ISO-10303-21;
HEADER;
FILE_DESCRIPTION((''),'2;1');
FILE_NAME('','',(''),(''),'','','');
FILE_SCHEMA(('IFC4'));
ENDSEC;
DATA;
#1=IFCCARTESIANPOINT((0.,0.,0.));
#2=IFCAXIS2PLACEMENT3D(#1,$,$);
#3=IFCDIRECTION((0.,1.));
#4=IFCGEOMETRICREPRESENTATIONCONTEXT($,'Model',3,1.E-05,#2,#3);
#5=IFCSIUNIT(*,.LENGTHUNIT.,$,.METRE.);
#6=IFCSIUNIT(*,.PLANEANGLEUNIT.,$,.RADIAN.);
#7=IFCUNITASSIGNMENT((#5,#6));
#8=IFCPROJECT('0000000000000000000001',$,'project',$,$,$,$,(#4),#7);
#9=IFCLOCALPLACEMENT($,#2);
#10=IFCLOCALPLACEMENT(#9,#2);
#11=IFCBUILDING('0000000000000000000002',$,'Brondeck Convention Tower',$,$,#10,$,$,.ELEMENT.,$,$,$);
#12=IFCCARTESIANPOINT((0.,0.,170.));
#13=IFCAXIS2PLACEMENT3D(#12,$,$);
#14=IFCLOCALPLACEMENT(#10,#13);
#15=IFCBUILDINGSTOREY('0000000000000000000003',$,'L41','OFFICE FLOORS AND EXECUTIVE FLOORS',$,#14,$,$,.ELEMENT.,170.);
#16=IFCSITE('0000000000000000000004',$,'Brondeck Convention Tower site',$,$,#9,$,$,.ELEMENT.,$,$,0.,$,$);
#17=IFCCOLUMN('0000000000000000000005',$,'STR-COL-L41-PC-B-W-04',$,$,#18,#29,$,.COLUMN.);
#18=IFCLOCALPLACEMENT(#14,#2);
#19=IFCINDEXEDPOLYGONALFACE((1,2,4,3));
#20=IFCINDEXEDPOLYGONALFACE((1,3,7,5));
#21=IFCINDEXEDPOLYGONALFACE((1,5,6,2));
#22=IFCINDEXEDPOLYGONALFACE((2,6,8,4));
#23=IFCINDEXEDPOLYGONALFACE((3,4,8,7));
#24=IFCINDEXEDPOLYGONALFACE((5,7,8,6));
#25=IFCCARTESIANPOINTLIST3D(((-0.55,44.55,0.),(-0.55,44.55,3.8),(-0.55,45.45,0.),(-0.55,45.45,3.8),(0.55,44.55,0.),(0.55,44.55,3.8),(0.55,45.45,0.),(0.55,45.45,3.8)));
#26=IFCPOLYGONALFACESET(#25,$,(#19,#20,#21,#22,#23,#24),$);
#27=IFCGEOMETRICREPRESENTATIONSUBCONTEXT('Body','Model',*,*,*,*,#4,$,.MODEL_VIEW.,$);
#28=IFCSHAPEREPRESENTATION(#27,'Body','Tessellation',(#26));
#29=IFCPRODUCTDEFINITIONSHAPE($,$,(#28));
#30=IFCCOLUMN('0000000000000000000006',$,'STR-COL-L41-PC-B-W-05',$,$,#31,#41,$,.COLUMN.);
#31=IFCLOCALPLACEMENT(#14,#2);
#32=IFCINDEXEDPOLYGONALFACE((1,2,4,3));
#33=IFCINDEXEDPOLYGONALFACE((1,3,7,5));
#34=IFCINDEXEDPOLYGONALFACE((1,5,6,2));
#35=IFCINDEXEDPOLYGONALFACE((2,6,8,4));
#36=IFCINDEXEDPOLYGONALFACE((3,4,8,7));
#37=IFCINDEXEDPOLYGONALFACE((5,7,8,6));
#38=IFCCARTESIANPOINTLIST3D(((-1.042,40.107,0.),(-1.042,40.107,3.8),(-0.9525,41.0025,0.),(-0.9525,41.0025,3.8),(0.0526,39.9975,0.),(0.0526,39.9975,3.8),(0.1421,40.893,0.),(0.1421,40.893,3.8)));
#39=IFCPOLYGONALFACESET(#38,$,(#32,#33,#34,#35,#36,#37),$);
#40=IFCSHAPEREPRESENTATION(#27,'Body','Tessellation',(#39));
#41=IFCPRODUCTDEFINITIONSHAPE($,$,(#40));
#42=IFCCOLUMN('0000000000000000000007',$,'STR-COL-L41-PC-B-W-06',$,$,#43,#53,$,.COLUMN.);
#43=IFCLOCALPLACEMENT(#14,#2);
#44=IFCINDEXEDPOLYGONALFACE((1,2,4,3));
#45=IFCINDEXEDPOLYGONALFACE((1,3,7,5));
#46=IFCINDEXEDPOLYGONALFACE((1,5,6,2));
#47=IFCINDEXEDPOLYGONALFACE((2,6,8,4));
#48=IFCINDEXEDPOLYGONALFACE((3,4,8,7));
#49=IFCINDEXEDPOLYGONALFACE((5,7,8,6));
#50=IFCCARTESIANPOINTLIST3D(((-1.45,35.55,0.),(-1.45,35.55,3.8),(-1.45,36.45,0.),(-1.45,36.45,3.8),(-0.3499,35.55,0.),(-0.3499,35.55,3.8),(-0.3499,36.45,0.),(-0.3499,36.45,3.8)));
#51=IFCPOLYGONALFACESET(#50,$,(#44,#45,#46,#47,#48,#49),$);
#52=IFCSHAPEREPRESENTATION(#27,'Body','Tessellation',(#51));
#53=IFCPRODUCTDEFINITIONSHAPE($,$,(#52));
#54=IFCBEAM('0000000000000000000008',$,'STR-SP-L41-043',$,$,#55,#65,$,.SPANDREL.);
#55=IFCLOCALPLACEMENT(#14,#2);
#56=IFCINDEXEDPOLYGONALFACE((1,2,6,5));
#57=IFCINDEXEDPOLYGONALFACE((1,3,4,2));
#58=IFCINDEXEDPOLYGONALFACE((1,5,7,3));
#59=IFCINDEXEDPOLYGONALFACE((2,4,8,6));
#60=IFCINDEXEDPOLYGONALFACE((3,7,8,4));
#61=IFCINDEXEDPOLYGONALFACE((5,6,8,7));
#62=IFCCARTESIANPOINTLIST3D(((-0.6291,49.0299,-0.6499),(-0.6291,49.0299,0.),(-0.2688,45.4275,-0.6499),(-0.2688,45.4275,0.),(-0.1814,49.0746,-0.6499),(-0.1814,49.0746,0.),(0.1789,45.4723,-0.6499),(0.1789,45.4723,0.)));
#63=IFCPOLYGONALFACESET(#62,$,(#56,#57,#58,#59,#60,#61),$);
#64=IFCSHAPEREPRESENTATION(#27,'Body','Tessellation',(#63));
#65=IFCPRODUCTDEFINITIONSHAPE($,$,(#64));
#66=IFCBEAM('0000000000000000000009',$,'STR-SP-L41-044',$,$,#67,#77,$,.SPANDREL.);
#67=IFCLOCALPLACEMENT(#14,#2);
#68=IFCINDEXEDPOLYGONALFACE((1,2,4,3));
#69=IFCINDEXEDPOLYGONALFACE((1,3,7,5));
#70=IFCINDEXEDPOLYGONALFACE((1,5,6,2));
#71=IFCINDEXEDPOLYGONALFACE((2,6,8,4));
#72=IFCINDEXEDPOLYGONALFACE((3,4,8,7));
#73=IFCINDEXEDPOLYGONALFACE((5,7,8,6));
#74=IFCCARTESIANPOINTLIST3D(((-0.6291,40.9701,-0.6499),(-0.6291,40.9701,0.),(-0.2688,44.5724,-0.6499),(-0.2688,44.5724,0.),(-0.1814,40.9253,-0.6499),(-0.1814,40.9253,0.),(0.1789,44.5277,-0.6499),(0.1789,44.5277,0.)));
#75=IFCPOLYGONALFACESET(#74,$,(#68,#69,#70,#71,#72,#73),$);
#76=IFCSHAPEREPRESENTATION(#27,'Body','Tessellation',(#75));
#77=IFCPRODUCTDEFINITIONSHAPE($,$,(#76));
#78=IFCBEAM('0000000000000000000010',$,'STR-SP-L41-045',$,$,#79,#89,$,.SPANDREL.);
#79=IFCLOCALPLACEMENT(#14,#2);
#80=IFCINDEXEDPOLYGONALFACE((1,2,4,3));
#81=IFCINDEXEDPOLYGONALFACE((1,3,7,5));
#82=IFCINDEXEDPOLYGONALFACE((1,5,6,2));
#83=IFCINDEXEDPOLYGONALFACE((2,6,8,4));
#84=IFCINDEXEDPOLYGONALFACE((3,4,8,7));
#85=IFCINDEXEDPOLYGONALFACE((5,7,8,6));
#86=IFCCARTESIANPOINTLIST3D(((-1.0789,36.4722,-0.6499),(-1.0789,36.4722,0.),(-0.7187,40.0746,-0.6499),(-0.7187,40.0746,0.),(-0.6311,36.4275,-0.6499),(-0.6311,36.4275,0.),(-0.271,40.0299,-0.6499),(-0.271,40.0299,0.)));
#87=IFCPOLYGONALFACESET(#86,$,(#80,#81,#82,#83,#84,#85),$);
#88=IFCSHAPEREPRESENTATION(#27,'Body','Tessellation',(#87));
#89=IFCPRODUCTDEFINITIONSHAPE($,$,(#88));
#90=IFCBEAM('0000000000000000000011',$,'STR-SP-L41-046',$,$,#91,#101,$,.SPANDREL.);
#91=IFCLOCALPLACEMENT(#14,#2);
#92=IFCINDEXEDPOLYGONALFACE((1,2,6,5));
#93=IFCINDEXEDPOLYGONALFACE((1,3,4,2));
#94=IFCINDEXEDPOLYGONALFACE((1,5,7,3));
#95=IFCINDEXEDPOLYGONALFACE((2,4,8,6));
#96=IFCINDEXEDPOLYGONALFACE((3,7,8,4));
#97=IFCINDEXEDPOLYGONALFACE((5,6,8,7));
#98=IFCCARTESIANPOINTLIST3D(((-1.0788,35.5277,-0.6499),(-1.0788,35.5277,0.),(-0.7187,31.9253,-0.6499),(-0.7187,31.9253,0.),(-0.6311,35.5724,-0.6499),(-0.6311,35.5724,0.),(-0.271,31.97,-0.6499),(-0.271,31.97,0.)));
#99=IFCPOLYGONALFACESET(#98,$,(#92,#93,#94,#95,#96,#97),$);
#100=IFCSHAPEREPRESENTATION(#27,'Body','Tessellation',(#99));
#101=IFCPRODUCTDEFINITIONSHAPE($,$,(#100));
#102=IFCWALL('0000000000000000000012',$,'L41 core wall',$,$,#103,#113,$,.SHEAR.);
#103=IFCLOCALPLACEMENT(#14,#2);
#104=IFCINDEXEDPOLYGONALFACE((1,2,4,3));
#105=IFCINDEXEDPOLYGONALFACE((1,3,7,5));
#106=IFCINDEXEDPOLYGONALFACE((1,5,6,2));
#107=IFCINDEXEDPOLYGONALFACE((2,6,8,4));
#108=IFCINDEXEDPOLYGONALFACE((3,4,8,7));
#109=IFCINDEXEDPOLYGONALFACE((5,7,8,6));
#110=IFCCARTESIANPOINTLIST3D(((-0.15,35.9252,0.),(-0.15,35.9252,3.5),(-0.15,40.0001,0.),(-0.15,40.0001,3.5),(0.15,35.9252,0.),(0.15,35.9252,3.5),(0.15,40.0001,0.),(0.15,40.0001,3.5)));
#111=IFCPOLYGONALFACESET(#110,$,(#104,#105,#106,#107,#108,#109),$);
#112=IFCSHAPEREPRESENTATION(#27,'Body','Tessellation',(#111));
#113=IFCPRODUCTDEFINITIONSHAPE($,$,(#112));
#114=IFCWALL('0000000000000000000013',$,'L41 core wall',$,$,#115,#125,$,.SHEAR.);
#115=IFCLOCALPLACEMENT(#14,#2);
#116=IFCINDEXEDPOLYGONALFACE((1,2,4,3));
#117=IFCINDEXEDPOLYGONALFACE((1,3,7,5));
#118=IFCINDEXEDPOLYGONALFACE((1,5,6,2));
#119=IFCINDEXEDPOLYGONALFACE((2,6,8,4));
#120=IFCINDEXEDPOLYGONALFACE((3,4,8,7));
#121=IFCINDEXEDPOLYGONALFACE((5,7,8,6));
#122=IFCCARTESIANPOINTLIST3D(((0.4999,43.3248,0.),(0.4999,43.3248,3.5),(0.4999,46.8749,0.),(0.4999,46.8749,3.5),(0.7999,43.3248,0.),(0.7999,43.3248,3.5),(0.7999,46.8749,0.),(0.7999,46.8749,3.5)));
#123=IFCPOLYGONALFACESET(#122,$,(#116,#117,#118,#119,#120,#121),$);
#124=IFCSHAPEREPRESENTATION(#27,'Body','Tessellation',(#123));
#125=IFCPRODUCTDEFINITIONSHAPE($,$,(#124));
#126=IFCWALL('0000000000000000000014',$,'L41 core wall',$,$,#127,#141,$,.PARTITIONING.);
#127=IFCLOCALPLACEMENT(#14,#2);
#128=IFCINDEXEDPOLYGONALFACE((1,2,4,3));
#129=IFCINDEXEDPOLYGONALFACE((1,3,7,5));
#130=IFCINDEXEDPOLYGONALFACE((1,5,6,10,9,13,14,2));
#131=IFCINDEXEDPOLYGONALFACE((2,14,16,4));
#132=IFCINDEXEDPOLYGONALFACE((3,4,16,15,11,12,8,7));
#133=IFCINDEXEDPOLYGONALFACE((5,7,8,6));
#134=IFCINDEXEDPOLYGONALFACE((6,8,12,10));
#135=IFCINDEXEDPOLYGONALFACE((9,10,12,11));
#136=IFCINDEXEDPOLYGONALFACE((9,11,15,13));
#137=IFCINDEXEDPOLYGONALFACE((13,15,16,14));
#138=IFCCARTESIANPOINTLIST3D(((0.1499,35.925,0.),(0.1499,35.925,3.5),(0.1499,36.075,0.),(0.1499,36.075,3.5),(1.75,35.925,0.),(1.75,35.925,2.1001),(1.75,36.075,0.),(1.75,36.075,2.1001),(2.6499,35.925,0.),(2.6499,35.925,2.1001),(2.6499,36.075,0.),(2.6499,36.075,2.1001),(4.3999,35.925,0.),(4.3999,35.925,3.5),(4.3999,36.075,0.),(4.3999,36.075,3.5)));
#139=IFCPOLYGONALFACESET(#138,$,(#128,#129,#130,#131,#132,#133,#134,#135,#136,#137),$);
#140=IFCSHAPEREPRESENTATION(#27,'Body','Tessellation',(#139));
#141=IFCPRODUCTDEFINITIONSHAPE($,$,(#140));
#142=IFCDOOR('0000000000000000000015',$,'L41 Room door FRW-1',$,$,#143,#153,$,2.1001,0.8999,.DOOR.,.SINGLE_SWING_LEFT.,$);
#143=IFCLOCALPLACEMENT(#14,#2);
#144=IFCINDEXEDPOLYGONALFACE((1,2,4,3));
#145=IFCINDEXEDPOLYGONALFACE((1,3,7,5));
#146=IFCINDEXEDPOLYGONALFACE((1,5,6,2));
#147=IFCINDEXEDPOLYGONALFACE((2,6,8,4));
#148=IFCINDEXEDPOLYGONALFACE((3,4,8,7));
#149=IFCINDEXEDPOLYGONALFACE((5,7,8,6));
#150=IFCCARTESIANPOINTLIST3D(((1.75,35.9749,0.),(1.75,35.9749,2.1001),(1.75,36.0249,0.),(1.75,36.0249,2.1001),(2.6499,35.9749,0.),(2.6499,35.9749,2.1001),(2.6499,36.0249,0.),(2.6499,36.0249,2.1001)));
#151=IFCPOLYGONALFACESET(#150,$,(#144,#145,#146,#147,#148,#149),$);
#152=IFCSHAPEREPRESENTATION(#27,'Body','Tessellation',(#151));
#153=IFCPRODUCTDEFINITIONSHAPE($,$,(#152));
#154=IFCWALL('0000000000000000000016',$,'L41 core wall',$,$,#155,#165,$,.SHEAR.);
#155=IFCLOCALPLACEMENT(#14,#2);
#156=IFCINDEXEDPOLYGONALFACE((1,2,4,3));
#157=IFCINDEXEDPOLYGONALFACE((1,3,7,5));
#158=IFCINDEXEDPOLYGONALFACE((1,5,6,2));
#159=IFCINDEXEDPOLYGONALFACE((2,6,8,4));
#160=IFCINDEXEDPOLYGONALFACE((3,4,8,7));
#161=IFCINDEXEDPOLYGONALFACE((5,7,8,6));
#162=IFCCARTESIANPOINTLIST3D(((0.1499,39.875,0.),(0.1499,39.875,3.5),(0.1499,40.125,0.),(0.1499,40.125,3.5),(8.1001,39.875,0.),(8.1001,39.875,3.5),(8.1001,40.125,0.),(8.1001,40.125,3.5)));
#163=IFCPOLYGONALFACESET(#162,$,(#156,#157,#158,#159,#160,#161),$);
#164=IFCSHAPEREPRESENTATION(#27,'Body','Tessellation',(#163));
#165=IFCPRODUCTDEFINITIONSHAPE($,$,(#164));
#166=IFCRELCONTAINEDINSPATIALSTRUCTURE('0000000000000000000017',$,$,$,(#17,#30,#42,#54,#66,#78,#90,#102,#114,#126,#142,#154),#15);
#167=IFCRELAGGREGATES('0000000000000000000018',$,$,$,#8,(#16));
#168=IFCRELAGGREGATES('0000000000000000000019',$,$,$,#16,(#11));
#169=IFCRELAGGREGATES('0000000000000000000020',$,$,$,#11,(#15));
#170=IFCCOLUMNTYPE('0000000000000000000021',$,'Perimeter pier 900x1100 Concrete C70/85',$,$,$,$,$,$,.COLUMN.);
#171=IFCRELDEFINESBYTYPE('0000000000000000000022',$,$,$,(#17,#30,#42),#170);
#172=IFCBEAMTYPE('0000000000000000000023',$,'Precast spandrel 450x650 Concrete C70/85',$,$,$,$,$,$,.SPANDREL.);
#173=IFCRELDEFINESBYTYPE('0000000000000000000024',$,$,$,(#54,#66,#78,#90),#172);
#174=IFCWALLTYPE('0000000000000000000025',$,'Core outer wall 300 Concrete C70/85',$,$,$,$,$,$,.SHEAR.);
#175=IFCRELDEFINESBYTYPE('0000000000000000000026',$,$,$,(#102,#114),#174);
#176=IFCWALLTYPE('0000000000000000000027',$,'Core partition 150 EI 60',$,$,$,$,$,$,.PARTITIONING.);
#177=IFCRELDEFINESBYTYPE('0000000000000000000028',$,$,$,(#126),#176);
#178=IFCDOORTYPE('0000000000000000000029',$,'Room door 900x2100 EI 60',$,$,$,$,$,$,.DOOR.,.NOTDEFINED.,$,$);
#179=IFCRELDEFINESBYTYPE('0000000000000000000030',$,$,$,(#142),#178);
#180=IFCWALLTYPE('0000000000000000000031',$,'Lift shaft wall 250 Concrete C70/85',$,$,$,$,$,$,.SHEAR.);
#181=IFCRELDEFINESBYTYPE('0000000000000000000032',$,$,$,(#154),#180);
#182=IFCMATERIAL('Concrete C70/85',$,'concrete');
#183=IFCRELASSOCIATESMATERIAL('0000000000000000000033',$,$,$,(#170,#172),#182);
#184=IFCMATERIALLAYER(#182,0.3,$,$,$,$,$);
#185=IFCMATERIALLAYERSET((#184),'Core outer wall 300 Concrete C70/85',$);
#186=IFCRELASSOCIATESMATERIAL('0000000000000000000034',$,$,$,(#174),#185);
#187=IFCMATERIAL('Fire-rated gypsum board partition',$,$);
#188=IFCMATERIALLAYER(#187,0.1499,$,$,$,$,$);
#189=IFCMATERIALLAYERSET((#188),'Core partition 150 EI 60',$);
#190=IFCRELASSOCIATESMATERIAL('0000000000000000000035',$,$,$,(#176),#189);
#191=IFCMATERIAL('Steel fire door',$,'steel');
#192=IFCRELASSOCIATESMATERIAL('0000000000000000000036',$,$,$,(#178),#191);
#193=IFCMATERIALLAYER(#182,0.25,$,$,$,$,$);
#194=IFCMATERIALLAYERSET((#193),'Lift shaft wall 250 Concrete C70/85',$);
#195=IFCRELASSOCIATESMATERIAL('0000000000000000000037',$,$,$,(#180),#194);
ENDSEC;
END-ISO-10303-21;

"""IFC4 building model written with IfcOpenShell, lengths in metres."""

from ifc_helpers import new_model, si_unit, direction, frame, frame_2d, origin, origin_2d, place, context, subcontext, project, spatial, rectangle, extrude, material, layer, layer_set, material_profile, profile_set, type_object, element, fill, save


model = new_model("IFC4")

# Units and contexts
model_context = context("Model", 3, precision=1e-05, world=origin(), true_north=direction((0.0, 1.0)))
body_context = subcontext(model_context, "Body", "Model", "MODEL_VIEW")
ifc_project = project(units=[si_unit("LENGTHUNIT", "METRE"), si_unit("PLANEANGLEUNIT", "RADIAN")], contexts=[model_context])

# Site, building, storey
site_placement = place(None, origin())
site = spatial("IfcSite", under=ifc_project, at=site_placement, Name="Brondeck Convention Tower site", CompositionType="ELEMENT", RefElevation=0.0)
building_placement = place(site_placement, origin())
building = spatial("IfcBuilding", under=site, at=building_placement, Name="Brondeck Convention Tower", CompositionType="ELEMENT")
storey_placement = place(building_placement, frame((0.0, 0.0, 170.0)))
storey = spatial("IfcBuildingStorey", under=building, at=storey_placement, Name="L41", Description="OFFICE FLOORS AND EXECUTIVE FLOORS", CompositionType="ELEMENT", Elevation=170.0)

# Columns
ifc_material_1 = material(Name="Concrete C70/85", Category="concrete")
ifc_material_profile_1 = material_profile(ifc_material_1, rectangle(XDim=0.8999, YDim=1.1001, at=origin_2d()), Name="Perimeter pier 900x1100 Concrete C70/85")
ifc_profile_set_1 = profile_set([ifc_material_profile_1], Name="Concrete C70/85")
column_type = type_object("IfcColumnType", Name="Perimeter pier 900x1100 Concrete C70/85", PredefinedType="COLUMN", material=ifc_profile_set_1)
for number, where, z_axis, x_axis, name in (
    (1, (0.0, 45.0, 0.0), (0.0, 0.0, 1.0), (0.0, -1.0, 0.0), "STR-COL-L41-PC-B-W-04"),
    (2, (-0.45, 40.5, 0.0), (0.0, 0.0, 1.0), (-0.099504, -0.995037, 0.0), "STR-COL-L41-PC-B-W-05"),
    (3, (-0.8999, 36.0, 0.0), (0.0, 0.0, 1.0), (0.0, -1.0, 0.0), "STR-COL-L41-PC-B-W-06"),
):
    element("IfcColumn", number, at=place(storey_placement, frame(where, z_axis=z_axis, x_axis=x_axis)), inside=storey, type_object=column_type, Name=name, PredefinedType="COLUMN", context=body_context, shape_type="SweptSolid", body=[
        extrude(rectangle(XDim=0.8999, YDim=1.1001, at=origin_2d()), origin(), (0.0, 0.0, 1.0), 3.8),
    ])

# Beams
ifc_material_profile_2 = material_profile(ifc_material_1, rectangle(XDim=0.45, YDim=0.6499, at=origin_2d()), Name="Precast spandrel 450x650 Concrete C70/85")
ifc_profile_set_2 = profile_set([ifc_material_profile_2], Name="Concrete C70/85")
beam_type = type_object("IfcBeamType", Name="Precast spandrel 450x650 Concrete C70/85", PredefinedType="SPANDREL", material=ifc_profile_set_2)
for number, where, z_axis, x_axis, name in (
    (4, (-0.4053, 49.0522, -0.325), (0.099537, -0.995034, 0.0), (0.995034, 0.099537, 0.0), "STR-SP-L41-043"),
    (5, (-0.0449, 44.55, -0.325), (-0.099537, -0.995034, 0.0), (0.995034, -0.099537, 0.0), "STR-SP-L41-044"),
    (6, (-0.4949, 40.0522, -0.325), (-0.09947, -0.995041, 0.0), (0.995041, -0.09947, 0.0), "STR-SP-L41-045"),
    (7, (-0.855, 35.55, -0.325), (0.09947, -0.995041, 0.0), (0.995041, 0.09947, 0.0), "STR-SP-L41-046"),
):
    element("IfcBeam", number, at=place(storey_placement, frame(where, z_axis=z_axis, x_axis=x_axis)), inside=storey, type_object=beam_type, Name=name, PredefinedType="SPANDREL", context=body_context, shape_type="SweptSolid", body=[
        extrude(rectangle(XDim=0.45, YDim=0.6499, at=origin_2d()), origin(), (0.0, 0.0, 1.0), 3.6204),
    ])

# Walls
ifc_layer_1 = layer(ifc_material_1, 0.3)
ifc_layer_set_1 = layer_set([ifc_layer_1], Name="Core outer wall 300 Concrete C70/85")
wall_type_1 = type_object("IfcWallType", Name="Core outer wall 300 Concrete C70/85", PredefinedType="SHEAR", material=ifc_layer_set_1)
wall_1_placement = place(storey_placement, frame((0.0, 35.925, 0.0), z_axis=(0.0, 0.0, 1.0), x_axis=(0.0, 1.0, 0.0)))
element("IfcWall", 8, at=wall_1_placement, inside=storey, type_object=wall_type_1, Name="L41 core wall", PredefinedType="SHEAR", context=body_context, shape_type="SweptSolid", body=[
    extrude(rectangle(XDim=4.075, YDim=0.3, at=frame_2d((2.0376, 0.0))), origin(), (0.0, 0.0, 1.0), 3.5),
])
wall_2_placement = place(storey_placement, frame((0.6499, 43.325, 0.0), z_axis=(0.0, 0.0, 1.0), x_axis=(0.0, 1.0, 0.0)))
element("IfcWall", 9, at=wall_2_placement, inside=storey, type_object=wall_type_1, Name="L41 core wall", PredefinedType="SHEAR", context=body_context, shape_type="SweptSolid", body=[
    extrude(rectangle(XDim=3.55, YDim=0.3, at=frame_2d((1.7749, 0.0))), origin(), (0.0, 0.0, 1.0), 3.5),
])

# Wall, opening, door
ifc_material_2 = material(Name="Fire-rated gypsum board partition")
ifc_layer_2 = layer(ifc_material_2, 0.1499)
ifc_layer_set_2 = layer_set([ifc_layer_2], Name="Core partition 150 EI 60")
wall_type_2 = type_object("IfcWallType", Name="Core partition 150 EI 60", PredefinedType="PARTITIONING", material=ifc_layer_set_2)
wall_3_placement = place(storey_placement, frame((0.1499, 36.0, 0.0), z_axis=(0.0, 0.0, 1.0), x_axis=(1.0, 0.0, 0.0)))
wall_3 = element("IfcWall", 10, at=wall_3_placement, inside=storey, type_object=wall_type_2, Name="L41 core wall", PredefinedType="PARTITIONING", context=body_context, shape_type="SweptSolid", body=[
    extrude(rectangle(XDim=4.25, YDim=0.1499, at=frame_2d((2.125, 0.0))), origin(), (0.0, 0.0, 1.0), 3.5),
])
opening_1_placement = place(wall_3_placement, frame((1.6001, 0.0, 0.0)))
opening_1 = element("IfcOpeningElement", 11, at=opening_1_placement, cuts=wall_3, PredefinedType="OPENING", context=body_context, shape_type="SweptSolid", body=[
    extrude(rectangle(XDim=0.8999, YDim=2.1001, at=frame_2d((0.45, 1.05))), frame((0.0, 0.085, 0.0), z_axis=(0.0, -1.0, 0.0), x_axis=(1.0, 0.0, 0.0)), (0.0, 0.0, 1.0), 0.1699),
])
ifc_material_3 = material(Name="Steel fire door", Category="steel")
door_type_1 = type_object("IfcDoorType", Name="Room door 900x2100 EI 60", OperationType="NOTDEFINED", PredefinedType="DOOR", material=ifc_material_3)
door_1_placement = place(opening_1_placement, origin())
door_1 = element("IfcDoor", 12, at=door_1_placement, inside=storey, type_object=door_type_1, Name="L41 Room door FRW-1", OperationType="SINGLE_SWING_LEFT", OverallHeight=2.1001, OverallWidth=0.8999, PredefinedType="DOOR", context=body_context, shape_type="SweptSolid", body=[
    extrude(rectangle(XDim=0.8999, YDim=2.1001, at=frame_2d((0.45, 1.05))), frame((0.0, 0.0249, 0.0), z_axis=(0.0, -1.0, 0.0), x_axis=(1.0, 0.0, 0.0)), (0.0, 0.0, 1.0), 0.05),
])
fill(opening_1, door_1)

# Wall
ifc_layer_3 = layer(ifc_material_1, 0.25)
ifc_layer_set_3 = layer_set([ifc_layer_3], Name="Lift shaft wall 250 Concrete C70/85")
wall_type_3 = type_object("IfcWallType", Name="Lift shaft wall 250 Concrete C70/85", PredefinedType="SHEAR", material=ifc_layer_set_3)
wall_4_placement = place(storey_placement, frame((0.1499, 40.0, 0.0), z_axis=(0.0, 0.0, 1.0), x_axis=(1.0, 0.0, 0.0)))
element("IfcWall", 13, at=wall_4_placement, inside=storey, type_object=wall_type_3, Name="L41 core wall", PredefinedType="SHEAR", context=body_context, shape_type="SweptSolid", body=[
    extrude(rectangle(XDim=7.9502, YDim=0.25, at=frame_2d((3.9751, 0.0))), origin(), (0.0, 0.0, 1.0), 3.5),
])

save(model, "model.ifc")
